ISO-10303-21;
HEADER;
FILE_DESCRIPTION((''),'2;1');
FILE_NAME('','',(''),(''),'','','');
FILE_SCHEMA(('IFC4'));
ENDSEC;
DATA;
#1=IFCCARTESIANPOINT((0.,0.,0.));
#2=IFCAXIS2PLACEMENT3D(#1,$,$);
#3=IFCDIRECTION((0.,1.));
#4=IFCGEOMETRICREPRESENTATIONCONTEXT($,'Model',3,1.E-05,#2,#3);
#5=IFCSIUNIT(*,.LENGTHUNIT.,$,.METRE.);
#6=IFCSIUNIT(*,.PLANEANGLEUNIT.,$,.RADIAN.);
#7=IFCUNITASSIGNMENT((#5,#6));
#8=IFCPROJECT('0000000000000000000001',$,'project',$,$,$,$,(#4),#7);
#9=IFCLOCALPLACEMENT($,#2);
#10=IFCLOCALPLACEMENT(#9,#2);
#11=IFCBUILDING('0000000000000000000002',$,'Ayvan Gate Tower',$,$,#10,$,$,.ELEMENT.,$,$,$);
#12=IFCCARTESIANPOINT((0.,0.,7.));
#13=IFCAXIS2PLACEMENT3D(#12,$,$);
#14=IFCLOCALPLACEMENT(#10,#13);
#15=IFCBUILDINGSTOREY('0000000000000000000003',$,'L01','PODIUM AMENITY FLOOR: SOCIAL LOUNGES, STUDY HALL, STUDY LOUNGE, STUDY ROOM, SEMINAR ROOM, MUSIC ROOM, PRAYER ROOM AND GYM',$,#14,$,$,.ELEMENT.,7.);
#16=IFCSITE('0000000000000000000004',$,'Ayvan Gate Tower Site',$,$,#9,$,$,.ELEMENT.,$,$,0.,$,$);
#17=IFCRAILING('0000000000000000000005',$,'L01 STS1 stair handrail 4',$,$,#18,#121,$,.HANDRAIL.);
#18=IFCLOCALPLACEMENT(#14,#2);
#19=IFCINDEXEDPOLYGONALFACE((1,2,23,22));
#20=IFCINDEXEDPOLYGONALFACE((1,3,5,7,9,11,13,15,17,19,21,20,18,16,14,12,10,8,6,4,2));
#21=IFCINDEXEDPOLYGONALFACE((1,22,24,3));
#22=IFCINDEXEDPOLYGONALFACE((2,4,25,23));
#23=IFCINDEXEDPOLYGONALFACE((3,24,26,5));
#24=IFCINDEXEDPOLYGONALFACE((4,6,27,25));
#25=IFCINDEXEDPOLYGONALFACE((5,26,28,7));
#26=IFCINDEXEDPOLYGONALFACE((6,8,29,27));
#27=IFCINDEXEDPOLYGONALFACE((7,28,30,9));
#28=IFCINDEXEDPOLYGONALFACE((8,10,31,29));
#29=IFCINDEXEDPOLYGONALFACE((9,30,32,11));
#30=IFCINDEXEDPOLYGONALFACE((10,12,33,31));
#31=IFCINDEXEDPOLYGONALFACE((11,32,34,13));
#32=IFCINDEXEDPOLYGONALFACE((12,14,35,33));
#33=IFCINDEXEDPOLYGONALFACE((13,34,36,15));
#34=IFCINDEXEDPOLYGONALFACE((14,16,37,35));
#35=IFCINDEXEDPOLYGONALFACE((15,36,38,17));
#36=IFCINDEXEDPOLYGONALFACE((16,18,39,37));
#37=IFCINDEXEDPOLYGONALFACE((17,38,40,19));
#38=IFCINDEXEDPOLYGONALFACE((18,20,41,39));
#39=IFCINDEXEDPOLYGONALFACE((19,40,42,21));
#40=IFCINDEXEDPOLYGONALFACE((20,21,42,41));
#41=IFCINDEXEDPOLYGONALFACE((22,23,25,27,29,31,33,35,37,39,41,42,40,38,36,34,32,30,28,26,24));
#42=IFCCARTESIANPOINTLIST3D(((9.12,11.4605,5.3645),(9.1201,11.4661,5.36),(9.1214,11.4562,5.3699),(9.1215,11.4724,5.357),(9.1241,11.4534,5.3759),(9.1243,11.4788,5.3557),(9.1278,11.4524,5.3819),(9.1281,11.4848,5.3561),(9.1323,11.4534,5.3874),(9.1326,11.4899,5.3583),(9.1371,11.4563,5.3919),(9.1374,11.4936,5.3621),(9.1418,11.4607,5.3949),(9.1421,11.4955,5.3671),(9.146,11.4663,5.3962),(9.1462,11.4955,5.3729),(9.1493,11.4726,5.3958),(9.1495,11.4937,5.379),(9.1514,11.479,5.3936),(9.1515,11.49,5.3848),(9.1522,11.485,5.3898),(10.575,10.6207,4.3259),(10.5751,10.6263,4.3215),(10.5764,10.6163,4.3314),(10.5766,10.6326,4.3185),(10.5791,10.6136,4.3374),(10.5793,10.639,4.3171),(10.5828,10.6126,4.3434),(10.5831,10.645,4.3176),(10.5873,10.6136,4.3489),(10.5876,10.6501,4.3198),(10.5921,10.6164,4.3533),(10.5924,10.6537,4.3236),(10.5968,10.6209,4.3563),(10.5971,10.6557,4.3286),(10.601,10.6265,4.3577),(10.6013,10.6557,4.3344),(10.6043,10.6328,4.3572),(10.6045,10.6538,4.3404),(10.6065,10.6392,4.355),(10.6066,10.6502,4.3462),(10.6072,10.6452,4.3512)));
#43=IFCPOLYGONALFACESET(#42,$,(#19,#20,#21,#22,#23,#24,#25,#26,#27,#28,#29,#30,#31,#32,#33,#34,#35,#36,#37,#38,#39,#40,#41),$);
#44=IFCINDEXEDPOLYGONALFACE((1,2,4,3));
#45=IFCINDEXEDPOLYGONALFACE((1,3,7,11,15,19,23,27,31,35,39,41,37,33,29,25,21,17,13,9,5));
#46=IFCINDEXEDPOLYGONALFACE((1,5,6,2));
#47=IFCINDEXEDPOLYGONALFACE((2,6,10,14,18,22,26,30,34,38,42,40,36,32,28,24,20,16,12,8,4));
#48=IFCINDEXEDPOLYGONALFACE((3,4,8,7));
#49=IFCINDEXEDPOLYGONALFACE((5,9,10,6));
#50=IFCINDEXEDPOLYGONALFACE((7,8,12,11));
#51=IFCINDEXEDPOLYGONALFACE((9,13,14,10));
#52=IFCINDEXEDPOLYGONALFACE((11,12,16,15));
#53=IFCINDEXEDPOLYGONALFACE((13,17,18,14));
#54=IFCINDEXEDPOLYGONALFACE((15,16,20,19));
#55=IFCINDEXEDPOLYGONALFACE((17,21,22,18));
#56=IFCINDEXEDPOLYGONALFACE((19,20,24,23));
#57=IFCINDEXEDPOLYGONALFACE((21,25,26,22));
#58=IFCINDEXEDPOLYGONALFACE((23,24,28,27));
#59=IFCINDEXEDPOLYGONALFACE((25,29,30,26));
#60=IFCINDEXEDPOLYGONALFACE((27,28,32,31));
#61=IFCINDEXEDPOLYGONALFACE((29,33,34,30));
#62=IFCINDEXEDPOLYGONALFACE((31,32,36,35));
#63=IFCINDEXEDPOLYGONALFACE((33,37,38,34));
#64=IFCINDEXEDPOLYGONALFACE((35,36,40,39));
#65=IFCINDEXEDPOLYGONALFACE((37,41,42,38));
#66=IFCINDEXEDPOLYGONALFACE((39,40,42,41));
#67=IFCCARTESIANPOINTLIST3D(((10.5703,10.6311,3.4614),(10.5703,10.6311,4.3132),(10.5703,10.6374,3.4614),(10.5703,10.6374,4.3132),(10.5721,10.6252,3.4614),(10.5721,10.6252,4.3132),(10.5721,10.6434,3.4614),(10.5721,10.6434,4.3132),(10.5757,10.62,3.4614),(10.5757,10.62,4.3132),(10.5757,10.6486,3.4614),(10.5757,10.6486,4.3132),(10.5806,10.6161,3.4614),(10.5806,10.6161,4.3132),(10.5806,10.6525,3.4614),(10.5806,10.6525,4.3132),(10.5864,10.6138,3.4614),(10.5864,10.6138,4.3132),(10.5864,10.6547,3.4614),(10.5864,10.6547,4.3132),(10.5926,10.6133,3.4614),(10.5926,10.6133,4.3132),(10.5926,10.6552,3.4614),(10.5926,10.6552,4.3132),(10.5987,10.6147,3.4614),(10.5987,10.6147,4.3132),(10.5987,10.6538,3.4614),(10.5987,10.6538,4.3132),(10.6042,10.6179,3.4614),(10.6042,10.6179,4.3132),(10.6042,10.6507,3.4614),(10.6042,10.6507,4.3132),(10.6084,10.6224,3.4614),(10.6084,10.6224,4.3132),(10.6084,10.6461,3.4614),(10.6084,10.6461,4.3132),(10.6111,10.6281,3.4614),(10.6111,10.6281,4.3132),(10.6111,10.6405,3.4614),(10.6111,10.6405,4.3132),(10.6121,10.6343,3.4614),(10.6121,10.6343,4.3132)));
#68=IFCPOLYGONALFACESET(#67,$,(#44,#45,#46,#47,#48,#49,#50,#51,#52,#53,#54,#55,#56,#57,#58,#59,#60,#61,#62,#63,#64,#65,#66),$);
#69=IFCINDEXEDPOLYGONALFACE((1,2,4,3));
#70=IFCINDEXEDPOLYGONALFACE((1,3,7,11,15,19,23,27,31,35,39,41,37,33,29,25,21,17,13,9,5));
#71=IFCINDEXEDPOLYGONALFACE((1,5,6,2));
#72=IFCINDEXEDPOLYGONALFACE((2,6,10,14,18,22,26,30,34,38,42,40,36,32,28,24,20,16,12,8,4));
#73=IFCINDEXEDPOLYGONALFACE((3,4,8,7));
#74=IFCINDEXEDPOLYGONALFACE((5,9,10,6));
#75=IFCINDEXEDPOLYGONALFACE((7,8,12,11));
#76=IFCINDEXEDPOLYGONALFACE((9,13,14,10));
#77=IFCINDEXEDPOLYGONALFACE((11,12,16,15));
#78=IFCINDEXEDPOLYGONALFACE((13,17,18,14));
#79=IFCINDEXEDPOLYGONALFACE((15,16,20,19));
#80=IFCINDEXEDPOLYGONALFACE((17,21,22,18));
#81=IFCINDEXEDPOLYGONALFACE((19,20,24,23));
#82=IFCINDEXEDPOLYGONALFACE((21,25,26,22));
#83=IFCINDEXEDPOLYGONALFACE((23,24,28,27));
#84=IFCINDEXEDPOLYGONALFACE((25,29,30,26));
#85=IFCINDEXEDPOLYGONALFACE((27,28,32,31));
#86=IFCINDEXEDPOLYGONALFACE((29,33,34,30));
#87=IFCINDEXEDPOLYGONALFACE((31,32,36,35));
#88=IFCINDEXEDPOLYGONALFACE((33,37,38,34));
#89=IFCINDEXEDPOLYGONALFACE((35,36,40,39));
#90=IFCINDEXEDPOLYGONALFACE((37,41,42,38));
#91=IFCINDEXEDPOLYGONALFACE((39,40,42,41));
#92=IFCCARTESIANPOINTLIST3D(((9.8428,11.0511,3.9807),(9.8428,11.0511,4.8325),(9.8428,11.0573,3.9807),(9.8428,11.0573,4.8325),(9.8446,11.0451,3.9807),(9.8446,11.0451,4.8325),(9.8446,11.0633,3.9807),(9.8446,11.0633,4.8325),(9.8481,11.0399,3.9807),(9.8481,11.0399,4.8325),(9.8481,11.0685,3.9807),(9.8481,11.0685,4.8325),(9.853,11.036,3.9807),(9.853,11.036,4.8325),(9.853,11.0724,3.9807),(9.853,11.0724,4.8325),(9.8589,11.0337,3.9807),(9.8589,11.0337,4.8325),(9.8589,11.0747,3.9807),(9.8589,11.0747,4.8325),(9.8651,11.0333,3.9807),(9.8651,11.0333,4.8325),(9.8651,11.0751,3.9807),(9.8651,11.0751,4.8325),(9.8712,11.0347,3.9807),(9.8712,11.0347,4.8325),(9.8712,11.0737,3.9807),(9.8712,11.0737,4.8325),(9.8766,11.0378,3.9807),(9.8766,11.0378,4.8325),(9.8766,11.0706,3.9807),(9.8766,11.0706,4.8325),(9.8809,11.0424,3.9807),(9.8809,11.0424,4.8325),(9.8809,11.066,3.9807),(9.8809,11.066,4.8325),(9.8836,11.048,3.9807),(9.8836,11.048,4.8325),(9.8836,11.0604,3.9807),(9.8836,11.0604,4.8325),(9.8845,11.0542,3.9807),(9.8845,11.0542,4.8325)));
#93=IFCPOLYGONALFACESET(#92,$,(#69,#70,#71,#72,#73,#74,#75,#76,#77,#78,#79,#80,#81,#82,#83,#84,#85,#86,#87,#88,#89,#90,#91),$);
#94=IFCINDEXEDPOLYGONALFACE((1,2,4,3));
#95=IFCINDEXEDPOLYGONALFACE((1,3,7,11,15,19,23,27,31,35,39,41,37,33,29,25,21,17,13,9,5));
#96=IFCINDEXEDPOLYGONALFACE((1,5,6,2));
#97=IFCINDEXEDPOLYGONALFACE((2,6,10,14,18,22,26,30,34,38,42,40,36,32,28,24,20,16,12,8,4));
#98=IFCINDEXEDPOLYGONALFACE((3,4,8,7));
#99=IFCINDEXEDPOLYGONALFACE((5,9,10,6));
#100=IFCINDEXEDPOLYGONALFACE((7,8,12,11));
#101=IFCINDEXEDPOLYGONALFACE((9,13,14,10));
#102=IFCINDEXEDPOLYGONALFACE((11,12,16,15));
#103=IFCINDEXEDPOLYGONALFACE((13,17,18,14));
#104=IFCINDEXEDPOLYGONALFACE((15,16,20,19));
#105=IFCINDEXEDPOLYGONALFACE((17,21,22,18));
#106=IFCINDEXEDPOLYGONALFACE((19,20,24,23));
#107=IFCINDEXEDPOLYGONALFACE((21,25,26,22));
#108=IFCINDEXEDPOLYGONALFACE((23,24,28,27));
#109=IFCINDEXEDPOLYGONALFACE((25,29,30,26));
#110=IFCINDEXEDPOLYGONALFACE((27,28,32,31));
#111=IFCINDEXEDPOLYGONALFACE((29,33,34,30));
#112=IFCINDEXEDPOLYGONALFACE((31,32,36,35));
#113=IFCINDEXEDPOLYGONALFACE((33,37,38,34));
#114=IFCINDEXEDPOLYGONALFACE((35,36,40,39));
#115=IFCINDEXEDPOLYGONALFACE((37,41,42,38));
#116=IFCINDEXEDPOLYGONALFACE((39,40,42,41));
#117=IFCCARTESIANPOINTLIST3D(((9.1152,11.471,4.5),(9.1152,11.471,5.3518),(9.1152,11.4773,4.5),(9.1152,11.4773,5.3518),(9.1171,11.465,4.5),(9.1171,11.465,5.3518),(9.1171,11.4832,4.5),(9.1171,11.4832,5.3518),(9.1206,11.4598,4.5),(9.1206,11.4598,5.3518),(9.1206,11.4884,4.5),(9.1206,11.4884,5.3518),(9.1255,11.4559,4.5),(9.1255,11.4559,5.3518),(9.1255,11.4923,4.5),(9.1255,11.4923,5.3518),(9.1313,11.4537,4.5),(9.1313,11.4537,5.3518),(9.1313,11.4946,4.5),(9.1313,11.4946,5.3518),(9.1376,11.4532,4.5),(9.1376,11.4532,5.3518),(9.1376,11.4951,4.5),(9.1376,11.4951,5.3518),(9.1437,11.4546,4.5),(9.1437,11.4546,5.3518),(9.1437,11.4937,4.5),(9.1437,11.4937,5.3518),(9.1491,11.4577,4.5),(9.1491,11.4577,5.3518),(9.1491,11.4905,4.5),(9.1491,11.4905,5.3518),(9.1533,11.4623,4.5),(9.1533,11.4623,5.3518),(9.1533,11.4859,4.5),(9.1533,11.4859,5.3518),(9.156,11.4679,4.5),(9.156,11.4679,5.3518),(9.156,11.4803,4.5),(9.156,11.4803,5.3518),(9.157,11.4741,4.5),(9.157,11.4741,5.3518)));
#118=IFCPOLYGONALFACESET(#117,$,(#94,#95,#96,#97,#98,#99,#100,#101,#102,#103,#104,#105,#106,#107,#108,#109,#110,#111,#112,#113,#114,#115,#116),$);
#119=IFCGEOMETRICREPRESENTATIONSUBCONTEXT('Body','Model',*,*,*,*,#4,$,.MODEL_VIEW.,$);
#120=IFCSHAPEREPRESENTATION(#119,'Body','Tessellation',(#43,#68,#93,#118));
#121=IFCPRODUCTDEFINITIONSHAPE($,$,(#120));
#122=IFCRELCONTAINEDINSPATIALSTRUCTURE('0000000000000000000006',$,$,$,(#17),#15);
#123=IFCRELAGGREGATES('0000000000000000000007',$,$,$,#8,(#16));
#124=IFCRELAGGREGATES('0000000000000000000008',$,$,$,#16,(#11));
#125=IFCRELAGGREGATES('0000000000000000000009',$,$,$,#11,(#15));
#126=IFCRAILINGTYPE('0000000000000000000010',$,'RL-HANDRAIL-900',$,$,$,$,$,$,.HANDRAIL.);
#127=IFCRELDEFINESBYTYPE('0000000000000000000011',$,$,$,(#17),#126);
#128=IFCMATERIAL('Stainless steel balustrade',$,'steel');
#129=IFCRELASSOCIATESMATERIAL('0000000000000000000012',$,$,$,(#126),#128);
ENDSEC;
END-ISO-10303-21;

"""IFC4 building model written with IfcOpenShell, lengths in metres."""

from ifc_helpers import new_model, si_unit, direction, frame, origin, origin_2d, place, context, subcontext, project, spatial, circle, extrude, material, type_object, element, save


model = new_model("IFC4")

# Units and contexts
model_context = context("Model", 3, precision=1e-05, world=origin(), true_north=direction((0.0, 1.0)))
body_context = subcontext(model_context, "Body", "Model", "MODEL_VIEW")
ifc_project = project(units=[si_unit("LENGTHUNIT", "METRE"), si_unit("PLANEANGLEUNIT", "RADIAN")], contexts=[model_context])

# Site, building, storey
site_placement = place(None, origin())
site = spatial("IfcSite", under=ifc_project, at=site_placement, Name="Ayvan Gate Tower Site", CompositionType="ELEMENT", RefElevation=0.0)
building_placement = place(site_placement, origin())
building = spatial("IfcBuilding", under=site, at=building_placement, Name="Ayvan Gate Tower", CompositionType="ELEMENT")
storey_placement = place(building_placement, frame((0.0, 0.0, 7.0)))
storey = spatial("IfcBuildingStorey", under=building, at=storey_placement, Name="L01", Description="PODIUM AMENITY FLOOR: SOCIAL LOUNGES, STUDY HALL, STUDY LOUNGE, STUDY ROOM, SEMINAR ROOM, MUSIC ROOM, PRAYER ROOM AND GYM", CompositionType="ELEMENT", Elevation=7.0)

# Railing
ifc_material_1 = material(Name="Stainless steel balustrade", Category="steel")
railing_type_1 = type_object("IfcRailingType", Name="RL-HANDRAIL-900", PredefinedType="HANDRAIL", material=ifc_material_1)
railing_1_placement = place(storey_placement, frame((10.5911, 10.6343, 3.4614)))
element("IfcRailing", 1, at=railing_1_placement, inside=storey, type_object=railing_type_1, Name="L01 STS1 stair handrail 4", PredefinedType="HANDRAIL", context=body_context, shape_type="SweptSolid", body=[
    extrude(circle(Radius=0.0239, at=origin_2d()), frame((0.0, 0.0, 0.876), z_axis=(-0.736692, 0.425205, 0.52582), x_axis=(-0.49989, -0.866089, 0.0)), (0.0, 0.0, 1.0), 1.9751),
    extrude(circle(Radius=0.021, at=origin_2d()), origin(), (0.0, 0.0, 1.0), 0.8518),
    extrude(circle(Radius=0.021, at=origin_2d()), frame((-0.7275, 0.4199, 0.5193)), (0.0, 0.0, 1.0), 0.8518),
    extrude(circle(Radius=0.021, at=origin_2d()), frame((-1.4551, 0.8398, 1.0386)), (0.0, 0.0, 1.0), 0.8518),
])

save(model, "model.ifc")
